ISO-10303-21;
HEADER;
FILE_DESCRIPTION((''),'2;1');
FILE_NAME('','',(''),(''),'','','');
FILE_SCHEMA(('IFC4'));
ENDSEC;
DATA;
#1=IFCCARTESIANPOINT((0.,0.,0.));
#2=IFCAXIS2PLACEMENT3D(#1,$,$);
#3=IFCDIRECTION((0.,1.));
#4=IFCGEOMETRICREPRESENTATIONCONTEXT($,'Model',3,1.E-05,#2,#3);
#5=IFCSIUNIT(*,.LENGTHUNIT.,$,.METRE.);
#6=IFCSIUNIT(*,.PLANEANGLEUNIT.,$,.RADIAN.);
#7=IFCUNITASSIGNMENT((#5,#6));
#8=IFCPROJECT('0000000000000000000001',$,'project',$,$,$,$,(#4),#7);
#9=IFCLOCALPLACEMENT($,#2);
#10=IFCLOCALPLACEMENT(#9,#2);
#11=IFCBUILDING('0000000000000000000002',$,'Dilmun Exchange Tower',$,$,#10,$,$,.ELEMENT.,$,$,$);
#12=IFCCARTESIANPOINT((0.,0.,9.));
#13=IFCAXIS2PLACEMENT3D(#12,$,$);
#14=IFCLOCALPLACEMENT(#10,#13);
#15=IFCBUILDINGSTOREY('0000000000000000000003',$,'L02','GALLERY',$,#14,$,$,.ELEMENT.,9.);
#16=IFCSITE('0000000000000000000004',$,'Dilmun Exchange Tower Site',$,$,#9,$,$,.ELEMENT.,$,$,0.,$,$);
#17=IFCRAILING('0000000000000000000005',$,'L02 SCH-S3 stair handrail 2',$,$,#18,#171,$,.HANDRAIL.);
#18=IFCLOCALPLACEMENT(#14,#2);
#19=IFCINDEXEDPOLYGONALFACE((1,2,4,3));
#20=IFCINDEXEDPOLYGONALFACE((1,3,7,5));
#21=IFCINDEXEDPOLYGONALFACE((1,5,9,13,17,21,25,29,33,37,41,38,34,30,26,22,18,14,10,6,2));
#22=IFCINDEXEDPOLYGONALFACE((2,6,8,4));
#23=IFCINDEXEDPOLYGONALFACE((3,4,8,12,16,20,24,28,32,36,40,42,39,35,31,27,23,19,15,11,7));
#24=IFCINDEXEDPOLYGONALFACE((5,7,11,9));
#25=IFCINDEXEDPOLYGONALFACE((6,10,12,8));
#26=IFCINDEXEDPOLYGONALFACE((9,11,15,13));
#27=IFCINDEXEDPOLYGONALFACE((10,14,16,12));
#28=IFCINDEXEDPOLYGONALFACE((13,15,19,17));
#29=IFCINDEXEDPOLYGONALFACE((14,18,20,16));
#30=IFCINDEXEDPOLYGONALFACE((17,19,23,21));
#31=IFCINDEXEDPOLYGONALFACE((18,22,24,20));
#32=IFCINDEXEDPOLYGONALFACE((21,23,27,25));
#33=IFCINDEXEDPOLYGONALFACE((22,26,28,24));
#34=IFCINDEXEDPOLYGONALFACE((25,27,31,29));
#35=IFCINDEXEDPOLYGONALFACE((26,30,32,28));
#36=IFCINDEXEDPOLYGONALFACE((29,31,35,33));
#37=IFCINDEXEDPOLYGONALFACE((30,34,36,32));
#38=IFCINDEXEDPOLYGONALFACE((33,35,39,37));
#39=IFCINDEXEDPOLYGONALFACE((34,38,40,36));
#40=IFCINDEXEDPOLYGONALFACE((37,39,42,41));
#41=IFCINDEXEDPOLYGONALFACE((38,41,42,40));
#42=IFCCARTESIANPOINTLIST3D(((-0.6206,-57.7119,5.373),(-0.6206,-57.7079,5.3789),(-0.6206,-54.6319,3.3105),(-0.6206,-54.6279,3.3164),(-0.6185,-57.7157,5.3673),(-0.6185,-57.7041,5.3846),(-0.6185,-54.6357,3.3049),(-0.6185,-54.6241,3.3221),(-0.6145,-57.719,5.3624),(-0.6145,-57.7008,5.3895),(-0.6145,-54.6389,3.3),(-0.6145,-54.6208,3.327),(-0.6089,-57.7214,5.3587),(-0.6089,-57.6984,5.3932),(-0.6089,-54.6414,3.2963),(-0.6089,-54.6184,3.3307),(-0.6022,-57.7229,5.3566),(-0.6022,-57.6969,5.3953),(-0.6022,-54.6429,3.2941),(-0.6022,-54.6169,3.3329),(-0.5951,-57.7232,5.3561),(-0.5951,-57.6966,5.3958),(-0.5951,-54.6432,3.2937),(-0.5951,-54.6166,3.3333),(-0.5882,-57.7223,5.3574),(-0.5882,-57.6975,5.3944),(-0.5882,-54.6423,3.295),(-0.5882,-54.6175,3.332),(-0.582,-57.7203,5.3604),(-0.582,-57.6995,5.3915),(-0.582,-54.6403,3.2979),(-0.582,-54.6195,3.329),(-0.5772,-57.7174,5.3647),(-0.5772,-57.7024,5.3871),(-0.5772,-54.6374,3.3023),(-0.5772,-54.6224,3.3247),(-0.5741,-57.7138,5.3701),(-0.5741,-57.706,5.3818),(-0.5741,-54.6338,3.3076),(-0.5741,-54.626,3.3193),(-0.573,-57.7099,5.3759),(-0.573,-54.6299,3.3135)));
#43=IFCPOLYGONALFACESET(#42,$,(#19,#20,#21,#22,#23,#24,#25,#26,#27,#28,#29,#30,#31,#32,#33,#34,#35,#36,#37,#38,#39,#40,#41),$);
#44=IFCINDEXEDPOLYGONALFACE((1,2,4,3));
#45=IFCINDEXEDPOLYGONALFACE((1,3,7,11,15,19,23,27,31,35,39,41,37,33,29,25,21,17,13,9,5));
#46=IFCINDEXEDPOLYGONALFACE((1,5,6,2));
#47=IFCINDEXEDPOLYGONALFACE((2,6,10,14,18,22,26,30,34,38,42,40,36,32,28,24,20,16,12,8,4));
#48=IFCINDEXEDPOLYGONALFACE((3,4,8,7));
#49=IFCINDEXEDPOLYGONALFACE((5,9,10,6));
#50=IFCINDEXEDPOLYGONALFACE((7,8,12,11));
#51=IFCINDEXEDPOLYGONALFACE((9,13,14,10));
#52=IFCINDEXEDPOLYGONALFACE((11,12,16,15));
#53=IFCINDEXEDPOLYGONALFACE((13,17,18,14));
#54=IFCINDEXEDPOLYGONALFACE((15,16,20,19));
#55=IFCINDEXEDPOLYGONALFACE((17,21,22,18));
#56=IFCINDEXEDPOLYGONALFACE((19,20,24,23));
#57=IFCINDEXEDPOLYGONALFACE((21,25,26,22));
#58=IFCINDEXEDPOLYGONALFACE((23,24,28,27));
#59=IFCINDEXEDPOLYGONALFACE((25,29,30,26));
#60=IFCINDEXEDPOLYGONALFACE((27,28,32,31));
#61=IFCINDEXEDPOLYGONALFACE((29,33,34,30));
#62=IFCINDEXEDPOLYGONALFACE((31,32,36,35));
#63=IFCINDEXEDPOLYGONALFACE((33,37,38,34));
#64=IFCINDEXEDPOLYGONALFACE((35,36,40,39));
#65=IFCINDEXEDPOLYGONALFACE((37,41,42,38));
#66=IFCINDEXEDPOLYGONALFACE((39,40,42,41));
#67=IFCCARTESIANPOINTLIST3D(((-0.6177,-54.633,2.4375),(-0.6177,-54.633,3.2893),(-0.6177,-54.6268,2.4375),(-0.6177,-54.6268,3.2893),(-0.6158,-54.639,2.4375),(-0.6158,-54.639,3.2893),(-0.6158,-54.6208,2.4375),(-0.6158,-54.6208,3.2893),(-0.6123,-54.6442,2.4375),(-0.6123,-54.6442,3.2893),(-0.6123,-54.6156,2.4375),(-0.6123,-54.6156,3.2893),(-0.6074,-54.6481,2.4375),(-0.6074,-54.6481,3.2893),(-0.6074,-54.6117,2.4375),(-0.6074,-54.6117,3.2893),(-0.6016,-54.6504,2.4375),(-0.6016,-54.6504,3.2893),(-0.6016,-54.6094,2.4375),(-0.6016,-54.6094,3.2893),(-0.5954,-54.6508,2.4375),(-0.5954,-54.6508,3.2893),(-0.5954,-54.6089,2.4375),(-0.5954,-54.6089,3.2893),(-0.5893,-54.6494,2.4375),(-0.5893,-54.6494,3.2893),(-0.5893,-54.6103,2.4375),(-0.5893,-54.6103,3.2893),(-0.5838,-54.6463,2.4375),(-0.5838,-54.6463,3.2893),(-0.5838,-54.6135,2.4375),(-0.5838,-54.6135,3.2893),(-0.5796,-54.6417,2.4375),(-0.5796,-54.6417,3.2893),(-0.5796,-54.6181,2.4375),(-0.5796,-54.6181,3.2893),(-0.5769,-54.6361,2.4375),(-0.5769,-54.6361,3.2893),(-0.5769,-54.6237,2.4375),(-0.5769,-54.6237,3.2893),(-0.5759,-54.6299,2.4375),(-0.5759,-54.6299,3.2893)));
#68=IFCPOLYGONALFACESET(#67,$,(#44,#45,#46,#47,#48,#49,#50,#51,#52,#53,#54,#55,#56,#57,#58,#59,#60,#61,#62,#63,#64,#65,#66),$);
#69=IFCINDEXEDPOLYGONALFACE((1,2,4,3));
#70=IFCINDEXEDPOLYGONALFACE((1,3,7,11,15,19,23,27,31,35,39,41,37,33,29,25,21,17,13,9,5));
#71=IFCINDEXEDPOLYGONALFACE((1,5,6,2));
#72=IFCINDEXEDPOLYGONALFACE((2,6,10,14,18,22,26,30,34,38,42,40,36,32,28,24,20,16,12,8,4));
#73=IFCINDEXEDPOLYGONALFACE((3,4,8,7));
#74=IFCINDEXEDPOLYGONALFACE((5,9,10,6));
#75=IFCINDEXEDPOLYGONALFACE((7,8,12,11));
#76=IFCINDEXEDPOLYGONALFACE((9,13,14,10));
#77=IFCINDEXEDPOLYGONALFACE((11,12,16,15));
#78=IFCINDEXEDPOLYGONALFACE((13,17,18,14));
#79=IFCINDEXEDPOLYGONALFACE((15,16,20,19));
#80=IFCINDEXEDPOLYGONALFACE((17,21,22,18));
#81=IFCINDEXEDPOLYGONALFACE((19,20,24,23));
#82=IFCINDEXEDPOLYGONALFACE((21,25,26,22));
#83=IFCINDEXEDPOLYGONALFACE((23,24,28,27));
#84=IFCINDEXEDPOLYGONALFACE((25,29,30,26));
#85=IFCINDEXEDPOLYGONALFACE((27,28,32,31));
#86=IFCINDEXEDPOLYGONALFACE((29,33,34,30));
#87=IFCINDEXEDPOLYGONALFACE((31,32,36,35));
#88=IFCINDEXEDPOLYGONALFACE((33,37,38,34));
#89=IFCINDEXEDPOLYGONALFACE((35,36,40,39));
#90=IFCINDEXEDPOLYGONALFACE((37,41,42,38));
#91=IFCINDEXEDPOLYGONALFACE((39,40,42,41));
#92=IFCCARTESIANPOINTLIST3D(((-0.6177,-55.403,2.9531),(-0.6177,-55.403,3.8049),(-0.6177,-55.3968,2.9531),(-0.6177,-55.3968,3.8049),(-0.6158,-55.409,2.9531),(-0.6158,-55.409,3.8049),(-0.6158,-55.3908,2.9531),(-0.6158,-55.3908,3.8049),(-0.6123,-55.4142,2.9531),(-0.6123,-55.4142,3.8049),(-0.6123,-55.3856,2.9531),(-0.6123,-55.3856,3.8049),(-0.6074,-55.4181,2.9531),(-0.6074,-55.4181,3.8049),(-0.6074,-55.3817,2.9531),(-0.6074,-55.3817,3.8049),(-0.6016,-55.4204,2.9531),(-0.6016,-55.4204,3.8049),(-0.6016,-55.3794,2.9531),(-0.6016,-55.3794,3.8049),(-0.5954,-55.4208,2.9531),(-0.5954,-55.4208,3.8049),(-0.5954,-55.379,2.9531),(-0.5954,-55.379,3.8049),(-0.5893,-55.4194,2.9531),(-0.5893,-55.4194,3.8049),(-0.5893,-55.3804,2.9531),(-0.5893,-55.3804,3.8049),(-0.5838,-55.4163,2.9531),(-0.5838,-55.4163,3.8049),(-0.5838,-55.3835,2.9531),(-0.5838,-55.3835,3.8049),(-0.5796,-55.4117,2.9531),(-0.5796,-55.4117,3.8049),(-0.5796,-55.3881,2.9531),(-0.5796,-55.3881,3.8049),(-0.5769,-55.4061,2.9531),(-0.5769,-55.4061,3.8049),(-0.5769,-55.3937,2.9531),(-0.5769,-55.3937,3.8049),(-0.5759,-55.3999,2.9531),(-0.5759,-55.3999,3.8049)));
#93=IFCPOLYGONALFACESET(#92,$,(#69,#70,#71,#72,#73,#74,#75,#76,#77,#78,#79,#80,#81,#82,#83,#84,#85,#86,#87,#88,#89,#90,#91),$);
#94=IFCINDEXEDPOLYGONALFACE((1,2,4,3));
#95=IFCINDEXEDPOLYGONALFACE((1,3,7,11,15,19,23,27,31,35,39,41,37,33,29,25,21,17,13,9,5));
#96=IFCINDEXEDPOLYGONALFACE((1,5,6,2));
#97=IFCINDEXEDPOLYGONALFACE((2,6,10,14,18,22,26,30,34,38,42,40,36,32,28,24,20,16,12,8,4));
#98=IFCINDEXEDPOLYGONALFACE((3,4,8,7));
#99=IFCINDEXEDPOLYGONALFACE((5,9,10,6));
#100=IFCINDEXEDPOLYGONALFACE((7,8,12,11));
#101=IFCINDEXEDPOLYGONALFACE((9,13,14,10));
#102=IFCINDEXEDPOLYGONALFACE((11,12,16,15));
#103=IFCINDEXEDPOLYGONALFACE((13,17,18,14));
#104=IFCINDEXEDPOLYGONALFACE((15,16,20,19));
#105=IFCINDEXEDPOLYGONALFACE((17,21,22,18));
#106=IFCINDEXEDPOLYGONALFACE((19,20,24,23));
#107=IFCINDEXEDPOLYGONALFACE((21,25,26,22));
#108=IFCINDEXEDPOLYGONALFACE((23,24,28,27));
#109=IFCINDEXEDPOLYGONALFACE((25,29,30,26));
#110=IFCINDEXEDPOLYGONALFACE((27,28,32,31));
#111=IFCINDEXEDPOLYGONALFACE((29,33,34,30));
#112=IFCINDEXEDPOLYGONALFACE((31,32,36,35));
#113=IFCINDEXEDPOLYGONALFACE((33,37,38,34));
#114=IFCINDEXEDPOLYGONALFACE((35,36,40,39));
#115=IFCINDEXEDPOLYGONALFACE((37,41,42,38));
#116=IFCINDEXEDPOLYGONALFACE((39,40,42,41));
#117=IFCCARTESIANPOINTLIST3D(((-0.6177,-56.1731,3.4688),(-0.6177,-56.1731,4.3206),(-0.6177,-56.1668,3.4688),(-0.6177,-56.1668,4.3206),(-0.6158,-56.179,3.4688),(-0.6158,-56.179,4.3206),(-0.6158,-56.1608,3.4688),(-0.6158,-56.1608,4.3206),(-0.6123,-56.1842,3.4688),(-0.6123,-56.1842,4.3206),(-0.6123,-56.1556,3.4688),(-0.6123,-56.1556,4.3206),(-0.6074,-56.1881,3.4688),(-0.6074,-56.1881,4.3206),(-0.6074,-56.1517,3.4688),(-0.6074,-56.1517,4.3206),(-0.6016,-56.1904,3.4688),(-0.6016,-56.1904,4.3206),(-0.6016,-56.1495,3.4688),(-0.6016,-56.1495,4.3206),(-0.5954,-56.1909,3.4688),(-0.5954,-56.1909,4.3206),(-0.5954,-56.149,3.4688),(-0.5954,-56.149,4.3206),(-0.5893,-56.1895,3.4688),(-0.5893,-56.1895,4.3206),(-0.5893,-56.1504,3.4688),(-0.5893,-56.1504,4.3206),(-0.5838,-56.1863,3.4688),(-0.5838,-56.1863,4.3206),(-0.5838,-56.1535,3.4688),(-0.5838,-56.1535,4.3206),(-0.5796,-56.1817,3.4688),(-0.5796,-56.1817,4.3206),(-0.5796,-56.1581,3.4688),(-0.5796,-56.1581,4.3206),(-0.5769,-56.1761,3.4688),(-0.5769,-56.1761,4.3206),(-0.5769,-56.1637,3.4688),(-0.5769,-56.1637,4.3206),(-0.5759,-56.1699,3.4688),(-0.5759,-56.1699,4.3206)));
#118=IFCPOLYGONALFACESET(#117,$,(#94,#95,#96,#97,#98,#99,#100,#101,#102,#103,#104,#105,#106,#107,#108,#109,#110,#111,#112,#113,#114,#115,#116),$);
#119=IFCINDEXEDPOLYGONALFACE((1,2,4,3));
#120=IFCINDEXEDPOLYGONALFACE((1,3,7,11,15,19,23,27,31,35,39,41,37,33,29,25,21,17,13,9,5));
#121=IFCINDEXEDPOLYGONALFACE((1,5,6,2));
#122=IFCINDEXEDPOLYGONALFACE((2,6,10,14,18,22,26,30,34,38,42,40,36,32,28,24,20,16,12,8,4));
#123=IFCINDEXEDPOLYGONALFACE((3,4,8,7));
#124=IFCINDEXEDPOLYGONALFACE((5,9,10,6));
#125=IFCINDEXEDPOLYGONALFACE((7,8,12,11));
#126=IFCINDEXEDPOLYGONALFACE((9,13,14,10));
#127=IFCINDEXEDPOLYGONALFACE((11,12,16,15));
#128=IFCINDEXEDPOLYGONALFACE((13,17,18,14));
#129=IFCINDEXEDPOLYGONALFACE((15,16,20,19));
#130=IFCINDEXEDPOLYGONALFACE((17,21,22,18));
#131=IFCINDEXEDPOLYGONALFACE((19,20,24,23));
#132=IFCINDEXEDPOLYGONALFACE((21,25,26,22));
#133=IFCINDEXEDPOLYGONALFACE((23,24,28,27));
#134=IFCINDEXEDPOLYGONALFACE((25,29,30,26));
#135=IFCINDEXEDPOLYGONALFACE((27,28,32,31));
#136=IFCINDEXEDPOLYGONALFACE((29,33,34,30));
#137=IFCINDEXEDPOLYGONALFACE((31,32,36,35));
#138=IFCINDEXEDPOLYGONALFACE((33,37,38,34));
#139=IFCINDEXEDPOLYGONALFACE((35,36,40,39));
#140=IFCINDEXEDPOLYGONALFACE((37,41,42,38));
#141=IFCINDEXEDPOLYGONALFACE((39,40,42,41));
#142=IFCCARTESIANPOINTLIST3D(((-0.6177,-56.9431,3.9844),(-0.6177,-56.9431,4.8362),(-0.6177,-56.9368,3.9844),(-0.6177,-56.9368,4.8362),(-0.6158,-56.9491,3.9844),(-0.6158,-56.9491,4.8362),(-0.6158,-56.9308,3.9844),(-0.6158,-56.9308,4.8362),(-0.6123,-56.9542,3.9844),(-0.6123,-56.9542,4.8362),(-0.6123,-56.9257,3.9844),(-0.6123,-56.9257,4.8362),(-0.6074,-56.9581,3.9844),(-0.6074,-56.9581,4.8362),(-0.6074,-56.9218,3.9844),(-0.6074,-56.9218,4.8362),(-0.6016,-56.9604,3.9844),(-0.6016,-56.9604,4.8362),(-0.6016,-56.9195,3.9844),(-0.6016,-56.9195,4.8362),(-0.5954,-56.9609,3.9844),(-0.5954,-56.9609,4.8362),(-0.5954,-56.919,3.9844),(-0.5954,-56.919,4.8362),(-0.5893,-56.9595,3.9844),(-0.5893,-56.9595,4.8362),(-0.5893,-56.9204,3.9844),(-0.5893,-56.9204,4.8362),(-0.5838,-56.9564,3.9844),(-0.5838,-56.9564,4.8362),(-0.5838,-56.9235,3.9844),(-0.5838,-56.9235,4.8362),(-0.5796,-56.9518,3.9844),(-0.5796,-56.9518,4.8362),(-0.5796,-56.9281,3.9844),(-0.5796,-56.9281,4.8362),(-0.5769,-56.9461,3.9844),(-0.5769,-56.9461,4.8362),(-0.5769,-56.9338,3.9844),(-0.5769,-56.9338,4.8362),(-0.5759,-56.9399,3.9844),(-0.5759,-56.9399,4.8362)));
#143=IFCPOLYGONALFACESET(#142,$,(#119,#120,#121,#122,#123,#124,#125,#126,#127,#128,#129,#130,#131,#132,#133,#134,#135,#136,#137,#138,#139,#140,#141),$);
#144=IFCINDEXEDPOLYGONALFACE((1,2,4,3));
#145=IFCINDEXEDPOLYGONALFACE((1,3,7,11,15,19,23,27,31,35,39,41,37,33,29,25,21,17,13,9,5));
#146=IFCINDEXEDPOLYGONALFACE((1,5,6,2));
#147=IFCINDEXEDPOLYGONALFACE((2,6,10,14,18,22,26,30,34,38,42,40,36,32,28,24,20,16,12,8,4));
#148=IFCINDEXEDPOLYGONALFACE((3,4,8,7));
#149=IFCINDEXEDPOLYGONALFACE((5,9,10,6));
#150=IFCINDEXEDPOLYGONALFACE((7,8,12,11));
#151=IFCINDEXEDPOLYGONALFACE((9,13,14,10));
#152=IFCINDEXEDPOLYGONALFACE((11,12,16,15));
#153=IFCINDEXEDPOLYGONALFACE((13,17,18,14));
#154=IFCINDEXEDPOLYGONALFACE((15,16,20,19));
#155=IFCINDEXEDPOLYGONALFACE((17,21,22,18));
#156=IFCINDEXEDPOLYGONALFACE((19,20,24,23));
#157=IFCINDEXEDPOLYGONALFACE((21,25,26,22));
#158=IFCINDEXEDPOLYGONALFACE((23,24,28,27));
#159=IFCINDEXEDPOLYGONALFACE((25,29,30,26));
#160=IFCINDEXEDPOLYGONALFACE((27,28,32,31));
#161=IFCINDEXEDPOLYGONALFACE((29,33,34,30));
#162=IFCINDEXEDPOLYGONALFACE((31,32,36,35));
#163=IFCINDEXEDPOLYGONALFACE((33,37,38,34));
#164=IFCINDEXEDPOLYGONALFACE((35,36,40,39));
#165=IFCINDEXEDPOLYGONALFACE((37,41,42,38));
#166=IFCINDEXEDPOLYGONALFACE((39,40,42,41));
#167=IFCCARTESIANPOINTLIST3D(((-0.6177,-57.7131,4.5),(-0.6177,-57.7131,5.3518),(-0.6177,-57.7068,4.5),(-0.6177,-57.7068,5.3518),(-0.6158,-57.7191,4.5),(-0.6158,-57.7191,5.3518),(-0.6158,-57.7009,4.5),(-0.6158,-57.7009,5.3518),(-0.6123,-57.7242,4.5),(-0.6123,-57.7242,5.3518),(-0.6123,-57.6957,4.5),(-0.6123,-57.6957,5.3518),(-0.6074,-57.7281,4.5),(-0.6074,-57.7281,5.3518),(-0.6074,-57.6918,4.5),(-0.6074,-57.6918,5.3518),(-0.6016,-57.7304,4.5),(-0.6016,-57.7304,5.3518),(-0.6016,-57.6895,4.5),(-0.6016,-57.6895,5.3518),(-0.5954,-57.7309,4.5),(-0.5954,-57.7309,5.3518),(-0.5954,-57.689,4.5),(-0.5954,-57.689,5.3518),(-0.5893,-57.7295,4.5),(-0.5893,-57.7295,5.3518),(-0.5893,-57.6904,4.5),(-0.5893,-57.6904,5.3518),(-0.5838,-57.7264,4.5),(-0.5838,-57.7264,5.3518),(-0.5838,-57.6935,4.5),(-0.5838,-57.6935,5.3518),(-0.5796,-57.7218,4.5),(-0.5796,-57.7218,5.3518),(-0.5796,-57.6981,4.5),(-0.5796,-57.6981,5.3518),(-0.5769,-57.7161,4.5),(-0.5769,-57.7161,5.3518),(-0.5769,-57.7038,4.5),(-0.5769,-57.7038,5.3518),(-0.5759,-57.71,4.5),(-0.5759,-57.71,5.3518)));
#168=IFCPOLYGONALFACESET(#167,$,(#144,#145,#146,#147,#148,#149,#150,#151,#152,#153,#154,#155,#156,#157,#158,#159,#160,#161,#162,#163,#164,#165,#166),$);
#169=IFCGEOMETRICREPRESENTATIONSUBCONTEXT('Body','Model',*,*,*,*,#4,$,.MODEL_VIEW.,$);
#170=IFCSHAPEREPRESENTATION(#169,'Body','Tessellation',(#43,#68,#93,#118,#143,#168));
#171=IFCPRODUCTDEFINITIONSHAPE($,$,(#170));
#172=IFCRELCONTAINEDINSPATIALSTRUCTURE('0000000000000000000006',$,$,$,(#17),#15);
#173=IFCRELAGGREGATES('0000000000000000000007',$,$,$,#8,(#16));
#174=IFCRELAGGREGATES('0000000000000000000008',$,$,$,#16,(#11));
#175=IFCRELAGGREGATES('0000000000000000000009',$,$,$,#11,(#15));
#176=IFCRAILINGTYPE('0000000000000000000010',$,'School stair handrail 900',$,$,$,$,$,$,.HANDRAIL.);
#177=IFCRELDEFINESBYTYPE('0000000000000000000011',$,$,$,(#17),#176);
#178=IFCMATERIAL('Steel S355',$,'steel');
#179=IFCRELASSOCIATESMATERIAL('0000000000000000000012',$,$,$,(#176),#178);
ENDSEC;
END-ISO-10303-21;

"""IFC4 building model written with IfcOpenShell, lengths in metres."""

from ifc_helpers import new_model, si_unit, direction, frame, origin, origin_2d, place, context, subcontext, project, spatial, circle, extrude, material, type_object, element, save


model = new_model("IFC4")

# Units and contexts
model_context = context("Model", 3, precision=1e-05, world=origin(), true_north=direction((0.0, 1.0)))
body_context = subcontext(model_context, "Body", "Model", "MODEL_VIEW")
ifc_project = project(units=[si_unit("LENGTHUNIT", "METRE"), si_unit("PLANEANGLEUNIT", "RADIAN")], contexts=[model_context])

# Site, building, storey
site_placement = place(None, origin())
site = spatial("IfcSite", under=ifc_project, at=site_placement, Name="Dilmun Exchange Tower Site", CompositionType="ELEMENT", RefElevation=0.0)
building_placement = place(site_placement, origin())
building = spatial("IfcBuilding", under=site, at=building_placement, Name="Dilmun Exchange Tower", CompositionType="ELEMENT")
storey_placement = place(building_placement, frame((0.0, 0.0, 9.0)))
storey = spatial("IfcBuildingStorey", under=building, at=storey_placement, Name="L02", Description="GALLERY", CompositionType="ELEMENT", Elevation=9.0)

# Railing
ifc_material_1 = material(Name="Steel S355", Category="steel")
railing_type_1 = type_object("IfcRailingType", Name="School stair handrail 900", PredefinedType="HANDRAIL", material=ifc_material_1)
railing_1_placement = place(storey_placement, frame((-0.5969, -54.6299, 2.4375)))
element("IfcRailing", 1, at=railing_1_placement, inside=storey, type_object=railing_type_1, Name="L02 SCH-S3 stair handrail 2", PredefinedType="HANDRAIL", context=body_context, shape_type="SweptSolid", body=[
    extrude(circle(Radius=0.0239, at=origin_2d()), frame((0.0, 0.0, 0.876), z_axis=(0.0, -0.830914, 0.556401), x_axis=(1.0, 0.0, 0.0)), (0.0, 0.0, 1.0), 3.7068),
    extrude(circle(Radius=0.021, at=origin_2d()), origin(), (0.0, 0.0, 1.0), 0.8518),
    extrude(circle(Radius=0.021, at=origin_2d()), frame((0.0, -0.77, 0.5156)), (0.0, 0.0, 1.0), 0.8518),
    extrude(circle(Radius=0.021, at=origin_2d()), frame((0.0, -1.54, 1.0312)), (0.0, 0.0, 1.0), 0.8518),
    extrude(circle(Radius=0.021, at=origin_2d()), frame((0.0, -2.3101, 1.5469)), (0.0, 0.0, 1.0), 0.8518),
    extrude(circle(Radius=0.021, at=origin_2d()), frame((0.0, -3.0801, 2.0625)), (0.0, 0.0, 1.0), 0.8518),
])

save(model, "model.ifc")
